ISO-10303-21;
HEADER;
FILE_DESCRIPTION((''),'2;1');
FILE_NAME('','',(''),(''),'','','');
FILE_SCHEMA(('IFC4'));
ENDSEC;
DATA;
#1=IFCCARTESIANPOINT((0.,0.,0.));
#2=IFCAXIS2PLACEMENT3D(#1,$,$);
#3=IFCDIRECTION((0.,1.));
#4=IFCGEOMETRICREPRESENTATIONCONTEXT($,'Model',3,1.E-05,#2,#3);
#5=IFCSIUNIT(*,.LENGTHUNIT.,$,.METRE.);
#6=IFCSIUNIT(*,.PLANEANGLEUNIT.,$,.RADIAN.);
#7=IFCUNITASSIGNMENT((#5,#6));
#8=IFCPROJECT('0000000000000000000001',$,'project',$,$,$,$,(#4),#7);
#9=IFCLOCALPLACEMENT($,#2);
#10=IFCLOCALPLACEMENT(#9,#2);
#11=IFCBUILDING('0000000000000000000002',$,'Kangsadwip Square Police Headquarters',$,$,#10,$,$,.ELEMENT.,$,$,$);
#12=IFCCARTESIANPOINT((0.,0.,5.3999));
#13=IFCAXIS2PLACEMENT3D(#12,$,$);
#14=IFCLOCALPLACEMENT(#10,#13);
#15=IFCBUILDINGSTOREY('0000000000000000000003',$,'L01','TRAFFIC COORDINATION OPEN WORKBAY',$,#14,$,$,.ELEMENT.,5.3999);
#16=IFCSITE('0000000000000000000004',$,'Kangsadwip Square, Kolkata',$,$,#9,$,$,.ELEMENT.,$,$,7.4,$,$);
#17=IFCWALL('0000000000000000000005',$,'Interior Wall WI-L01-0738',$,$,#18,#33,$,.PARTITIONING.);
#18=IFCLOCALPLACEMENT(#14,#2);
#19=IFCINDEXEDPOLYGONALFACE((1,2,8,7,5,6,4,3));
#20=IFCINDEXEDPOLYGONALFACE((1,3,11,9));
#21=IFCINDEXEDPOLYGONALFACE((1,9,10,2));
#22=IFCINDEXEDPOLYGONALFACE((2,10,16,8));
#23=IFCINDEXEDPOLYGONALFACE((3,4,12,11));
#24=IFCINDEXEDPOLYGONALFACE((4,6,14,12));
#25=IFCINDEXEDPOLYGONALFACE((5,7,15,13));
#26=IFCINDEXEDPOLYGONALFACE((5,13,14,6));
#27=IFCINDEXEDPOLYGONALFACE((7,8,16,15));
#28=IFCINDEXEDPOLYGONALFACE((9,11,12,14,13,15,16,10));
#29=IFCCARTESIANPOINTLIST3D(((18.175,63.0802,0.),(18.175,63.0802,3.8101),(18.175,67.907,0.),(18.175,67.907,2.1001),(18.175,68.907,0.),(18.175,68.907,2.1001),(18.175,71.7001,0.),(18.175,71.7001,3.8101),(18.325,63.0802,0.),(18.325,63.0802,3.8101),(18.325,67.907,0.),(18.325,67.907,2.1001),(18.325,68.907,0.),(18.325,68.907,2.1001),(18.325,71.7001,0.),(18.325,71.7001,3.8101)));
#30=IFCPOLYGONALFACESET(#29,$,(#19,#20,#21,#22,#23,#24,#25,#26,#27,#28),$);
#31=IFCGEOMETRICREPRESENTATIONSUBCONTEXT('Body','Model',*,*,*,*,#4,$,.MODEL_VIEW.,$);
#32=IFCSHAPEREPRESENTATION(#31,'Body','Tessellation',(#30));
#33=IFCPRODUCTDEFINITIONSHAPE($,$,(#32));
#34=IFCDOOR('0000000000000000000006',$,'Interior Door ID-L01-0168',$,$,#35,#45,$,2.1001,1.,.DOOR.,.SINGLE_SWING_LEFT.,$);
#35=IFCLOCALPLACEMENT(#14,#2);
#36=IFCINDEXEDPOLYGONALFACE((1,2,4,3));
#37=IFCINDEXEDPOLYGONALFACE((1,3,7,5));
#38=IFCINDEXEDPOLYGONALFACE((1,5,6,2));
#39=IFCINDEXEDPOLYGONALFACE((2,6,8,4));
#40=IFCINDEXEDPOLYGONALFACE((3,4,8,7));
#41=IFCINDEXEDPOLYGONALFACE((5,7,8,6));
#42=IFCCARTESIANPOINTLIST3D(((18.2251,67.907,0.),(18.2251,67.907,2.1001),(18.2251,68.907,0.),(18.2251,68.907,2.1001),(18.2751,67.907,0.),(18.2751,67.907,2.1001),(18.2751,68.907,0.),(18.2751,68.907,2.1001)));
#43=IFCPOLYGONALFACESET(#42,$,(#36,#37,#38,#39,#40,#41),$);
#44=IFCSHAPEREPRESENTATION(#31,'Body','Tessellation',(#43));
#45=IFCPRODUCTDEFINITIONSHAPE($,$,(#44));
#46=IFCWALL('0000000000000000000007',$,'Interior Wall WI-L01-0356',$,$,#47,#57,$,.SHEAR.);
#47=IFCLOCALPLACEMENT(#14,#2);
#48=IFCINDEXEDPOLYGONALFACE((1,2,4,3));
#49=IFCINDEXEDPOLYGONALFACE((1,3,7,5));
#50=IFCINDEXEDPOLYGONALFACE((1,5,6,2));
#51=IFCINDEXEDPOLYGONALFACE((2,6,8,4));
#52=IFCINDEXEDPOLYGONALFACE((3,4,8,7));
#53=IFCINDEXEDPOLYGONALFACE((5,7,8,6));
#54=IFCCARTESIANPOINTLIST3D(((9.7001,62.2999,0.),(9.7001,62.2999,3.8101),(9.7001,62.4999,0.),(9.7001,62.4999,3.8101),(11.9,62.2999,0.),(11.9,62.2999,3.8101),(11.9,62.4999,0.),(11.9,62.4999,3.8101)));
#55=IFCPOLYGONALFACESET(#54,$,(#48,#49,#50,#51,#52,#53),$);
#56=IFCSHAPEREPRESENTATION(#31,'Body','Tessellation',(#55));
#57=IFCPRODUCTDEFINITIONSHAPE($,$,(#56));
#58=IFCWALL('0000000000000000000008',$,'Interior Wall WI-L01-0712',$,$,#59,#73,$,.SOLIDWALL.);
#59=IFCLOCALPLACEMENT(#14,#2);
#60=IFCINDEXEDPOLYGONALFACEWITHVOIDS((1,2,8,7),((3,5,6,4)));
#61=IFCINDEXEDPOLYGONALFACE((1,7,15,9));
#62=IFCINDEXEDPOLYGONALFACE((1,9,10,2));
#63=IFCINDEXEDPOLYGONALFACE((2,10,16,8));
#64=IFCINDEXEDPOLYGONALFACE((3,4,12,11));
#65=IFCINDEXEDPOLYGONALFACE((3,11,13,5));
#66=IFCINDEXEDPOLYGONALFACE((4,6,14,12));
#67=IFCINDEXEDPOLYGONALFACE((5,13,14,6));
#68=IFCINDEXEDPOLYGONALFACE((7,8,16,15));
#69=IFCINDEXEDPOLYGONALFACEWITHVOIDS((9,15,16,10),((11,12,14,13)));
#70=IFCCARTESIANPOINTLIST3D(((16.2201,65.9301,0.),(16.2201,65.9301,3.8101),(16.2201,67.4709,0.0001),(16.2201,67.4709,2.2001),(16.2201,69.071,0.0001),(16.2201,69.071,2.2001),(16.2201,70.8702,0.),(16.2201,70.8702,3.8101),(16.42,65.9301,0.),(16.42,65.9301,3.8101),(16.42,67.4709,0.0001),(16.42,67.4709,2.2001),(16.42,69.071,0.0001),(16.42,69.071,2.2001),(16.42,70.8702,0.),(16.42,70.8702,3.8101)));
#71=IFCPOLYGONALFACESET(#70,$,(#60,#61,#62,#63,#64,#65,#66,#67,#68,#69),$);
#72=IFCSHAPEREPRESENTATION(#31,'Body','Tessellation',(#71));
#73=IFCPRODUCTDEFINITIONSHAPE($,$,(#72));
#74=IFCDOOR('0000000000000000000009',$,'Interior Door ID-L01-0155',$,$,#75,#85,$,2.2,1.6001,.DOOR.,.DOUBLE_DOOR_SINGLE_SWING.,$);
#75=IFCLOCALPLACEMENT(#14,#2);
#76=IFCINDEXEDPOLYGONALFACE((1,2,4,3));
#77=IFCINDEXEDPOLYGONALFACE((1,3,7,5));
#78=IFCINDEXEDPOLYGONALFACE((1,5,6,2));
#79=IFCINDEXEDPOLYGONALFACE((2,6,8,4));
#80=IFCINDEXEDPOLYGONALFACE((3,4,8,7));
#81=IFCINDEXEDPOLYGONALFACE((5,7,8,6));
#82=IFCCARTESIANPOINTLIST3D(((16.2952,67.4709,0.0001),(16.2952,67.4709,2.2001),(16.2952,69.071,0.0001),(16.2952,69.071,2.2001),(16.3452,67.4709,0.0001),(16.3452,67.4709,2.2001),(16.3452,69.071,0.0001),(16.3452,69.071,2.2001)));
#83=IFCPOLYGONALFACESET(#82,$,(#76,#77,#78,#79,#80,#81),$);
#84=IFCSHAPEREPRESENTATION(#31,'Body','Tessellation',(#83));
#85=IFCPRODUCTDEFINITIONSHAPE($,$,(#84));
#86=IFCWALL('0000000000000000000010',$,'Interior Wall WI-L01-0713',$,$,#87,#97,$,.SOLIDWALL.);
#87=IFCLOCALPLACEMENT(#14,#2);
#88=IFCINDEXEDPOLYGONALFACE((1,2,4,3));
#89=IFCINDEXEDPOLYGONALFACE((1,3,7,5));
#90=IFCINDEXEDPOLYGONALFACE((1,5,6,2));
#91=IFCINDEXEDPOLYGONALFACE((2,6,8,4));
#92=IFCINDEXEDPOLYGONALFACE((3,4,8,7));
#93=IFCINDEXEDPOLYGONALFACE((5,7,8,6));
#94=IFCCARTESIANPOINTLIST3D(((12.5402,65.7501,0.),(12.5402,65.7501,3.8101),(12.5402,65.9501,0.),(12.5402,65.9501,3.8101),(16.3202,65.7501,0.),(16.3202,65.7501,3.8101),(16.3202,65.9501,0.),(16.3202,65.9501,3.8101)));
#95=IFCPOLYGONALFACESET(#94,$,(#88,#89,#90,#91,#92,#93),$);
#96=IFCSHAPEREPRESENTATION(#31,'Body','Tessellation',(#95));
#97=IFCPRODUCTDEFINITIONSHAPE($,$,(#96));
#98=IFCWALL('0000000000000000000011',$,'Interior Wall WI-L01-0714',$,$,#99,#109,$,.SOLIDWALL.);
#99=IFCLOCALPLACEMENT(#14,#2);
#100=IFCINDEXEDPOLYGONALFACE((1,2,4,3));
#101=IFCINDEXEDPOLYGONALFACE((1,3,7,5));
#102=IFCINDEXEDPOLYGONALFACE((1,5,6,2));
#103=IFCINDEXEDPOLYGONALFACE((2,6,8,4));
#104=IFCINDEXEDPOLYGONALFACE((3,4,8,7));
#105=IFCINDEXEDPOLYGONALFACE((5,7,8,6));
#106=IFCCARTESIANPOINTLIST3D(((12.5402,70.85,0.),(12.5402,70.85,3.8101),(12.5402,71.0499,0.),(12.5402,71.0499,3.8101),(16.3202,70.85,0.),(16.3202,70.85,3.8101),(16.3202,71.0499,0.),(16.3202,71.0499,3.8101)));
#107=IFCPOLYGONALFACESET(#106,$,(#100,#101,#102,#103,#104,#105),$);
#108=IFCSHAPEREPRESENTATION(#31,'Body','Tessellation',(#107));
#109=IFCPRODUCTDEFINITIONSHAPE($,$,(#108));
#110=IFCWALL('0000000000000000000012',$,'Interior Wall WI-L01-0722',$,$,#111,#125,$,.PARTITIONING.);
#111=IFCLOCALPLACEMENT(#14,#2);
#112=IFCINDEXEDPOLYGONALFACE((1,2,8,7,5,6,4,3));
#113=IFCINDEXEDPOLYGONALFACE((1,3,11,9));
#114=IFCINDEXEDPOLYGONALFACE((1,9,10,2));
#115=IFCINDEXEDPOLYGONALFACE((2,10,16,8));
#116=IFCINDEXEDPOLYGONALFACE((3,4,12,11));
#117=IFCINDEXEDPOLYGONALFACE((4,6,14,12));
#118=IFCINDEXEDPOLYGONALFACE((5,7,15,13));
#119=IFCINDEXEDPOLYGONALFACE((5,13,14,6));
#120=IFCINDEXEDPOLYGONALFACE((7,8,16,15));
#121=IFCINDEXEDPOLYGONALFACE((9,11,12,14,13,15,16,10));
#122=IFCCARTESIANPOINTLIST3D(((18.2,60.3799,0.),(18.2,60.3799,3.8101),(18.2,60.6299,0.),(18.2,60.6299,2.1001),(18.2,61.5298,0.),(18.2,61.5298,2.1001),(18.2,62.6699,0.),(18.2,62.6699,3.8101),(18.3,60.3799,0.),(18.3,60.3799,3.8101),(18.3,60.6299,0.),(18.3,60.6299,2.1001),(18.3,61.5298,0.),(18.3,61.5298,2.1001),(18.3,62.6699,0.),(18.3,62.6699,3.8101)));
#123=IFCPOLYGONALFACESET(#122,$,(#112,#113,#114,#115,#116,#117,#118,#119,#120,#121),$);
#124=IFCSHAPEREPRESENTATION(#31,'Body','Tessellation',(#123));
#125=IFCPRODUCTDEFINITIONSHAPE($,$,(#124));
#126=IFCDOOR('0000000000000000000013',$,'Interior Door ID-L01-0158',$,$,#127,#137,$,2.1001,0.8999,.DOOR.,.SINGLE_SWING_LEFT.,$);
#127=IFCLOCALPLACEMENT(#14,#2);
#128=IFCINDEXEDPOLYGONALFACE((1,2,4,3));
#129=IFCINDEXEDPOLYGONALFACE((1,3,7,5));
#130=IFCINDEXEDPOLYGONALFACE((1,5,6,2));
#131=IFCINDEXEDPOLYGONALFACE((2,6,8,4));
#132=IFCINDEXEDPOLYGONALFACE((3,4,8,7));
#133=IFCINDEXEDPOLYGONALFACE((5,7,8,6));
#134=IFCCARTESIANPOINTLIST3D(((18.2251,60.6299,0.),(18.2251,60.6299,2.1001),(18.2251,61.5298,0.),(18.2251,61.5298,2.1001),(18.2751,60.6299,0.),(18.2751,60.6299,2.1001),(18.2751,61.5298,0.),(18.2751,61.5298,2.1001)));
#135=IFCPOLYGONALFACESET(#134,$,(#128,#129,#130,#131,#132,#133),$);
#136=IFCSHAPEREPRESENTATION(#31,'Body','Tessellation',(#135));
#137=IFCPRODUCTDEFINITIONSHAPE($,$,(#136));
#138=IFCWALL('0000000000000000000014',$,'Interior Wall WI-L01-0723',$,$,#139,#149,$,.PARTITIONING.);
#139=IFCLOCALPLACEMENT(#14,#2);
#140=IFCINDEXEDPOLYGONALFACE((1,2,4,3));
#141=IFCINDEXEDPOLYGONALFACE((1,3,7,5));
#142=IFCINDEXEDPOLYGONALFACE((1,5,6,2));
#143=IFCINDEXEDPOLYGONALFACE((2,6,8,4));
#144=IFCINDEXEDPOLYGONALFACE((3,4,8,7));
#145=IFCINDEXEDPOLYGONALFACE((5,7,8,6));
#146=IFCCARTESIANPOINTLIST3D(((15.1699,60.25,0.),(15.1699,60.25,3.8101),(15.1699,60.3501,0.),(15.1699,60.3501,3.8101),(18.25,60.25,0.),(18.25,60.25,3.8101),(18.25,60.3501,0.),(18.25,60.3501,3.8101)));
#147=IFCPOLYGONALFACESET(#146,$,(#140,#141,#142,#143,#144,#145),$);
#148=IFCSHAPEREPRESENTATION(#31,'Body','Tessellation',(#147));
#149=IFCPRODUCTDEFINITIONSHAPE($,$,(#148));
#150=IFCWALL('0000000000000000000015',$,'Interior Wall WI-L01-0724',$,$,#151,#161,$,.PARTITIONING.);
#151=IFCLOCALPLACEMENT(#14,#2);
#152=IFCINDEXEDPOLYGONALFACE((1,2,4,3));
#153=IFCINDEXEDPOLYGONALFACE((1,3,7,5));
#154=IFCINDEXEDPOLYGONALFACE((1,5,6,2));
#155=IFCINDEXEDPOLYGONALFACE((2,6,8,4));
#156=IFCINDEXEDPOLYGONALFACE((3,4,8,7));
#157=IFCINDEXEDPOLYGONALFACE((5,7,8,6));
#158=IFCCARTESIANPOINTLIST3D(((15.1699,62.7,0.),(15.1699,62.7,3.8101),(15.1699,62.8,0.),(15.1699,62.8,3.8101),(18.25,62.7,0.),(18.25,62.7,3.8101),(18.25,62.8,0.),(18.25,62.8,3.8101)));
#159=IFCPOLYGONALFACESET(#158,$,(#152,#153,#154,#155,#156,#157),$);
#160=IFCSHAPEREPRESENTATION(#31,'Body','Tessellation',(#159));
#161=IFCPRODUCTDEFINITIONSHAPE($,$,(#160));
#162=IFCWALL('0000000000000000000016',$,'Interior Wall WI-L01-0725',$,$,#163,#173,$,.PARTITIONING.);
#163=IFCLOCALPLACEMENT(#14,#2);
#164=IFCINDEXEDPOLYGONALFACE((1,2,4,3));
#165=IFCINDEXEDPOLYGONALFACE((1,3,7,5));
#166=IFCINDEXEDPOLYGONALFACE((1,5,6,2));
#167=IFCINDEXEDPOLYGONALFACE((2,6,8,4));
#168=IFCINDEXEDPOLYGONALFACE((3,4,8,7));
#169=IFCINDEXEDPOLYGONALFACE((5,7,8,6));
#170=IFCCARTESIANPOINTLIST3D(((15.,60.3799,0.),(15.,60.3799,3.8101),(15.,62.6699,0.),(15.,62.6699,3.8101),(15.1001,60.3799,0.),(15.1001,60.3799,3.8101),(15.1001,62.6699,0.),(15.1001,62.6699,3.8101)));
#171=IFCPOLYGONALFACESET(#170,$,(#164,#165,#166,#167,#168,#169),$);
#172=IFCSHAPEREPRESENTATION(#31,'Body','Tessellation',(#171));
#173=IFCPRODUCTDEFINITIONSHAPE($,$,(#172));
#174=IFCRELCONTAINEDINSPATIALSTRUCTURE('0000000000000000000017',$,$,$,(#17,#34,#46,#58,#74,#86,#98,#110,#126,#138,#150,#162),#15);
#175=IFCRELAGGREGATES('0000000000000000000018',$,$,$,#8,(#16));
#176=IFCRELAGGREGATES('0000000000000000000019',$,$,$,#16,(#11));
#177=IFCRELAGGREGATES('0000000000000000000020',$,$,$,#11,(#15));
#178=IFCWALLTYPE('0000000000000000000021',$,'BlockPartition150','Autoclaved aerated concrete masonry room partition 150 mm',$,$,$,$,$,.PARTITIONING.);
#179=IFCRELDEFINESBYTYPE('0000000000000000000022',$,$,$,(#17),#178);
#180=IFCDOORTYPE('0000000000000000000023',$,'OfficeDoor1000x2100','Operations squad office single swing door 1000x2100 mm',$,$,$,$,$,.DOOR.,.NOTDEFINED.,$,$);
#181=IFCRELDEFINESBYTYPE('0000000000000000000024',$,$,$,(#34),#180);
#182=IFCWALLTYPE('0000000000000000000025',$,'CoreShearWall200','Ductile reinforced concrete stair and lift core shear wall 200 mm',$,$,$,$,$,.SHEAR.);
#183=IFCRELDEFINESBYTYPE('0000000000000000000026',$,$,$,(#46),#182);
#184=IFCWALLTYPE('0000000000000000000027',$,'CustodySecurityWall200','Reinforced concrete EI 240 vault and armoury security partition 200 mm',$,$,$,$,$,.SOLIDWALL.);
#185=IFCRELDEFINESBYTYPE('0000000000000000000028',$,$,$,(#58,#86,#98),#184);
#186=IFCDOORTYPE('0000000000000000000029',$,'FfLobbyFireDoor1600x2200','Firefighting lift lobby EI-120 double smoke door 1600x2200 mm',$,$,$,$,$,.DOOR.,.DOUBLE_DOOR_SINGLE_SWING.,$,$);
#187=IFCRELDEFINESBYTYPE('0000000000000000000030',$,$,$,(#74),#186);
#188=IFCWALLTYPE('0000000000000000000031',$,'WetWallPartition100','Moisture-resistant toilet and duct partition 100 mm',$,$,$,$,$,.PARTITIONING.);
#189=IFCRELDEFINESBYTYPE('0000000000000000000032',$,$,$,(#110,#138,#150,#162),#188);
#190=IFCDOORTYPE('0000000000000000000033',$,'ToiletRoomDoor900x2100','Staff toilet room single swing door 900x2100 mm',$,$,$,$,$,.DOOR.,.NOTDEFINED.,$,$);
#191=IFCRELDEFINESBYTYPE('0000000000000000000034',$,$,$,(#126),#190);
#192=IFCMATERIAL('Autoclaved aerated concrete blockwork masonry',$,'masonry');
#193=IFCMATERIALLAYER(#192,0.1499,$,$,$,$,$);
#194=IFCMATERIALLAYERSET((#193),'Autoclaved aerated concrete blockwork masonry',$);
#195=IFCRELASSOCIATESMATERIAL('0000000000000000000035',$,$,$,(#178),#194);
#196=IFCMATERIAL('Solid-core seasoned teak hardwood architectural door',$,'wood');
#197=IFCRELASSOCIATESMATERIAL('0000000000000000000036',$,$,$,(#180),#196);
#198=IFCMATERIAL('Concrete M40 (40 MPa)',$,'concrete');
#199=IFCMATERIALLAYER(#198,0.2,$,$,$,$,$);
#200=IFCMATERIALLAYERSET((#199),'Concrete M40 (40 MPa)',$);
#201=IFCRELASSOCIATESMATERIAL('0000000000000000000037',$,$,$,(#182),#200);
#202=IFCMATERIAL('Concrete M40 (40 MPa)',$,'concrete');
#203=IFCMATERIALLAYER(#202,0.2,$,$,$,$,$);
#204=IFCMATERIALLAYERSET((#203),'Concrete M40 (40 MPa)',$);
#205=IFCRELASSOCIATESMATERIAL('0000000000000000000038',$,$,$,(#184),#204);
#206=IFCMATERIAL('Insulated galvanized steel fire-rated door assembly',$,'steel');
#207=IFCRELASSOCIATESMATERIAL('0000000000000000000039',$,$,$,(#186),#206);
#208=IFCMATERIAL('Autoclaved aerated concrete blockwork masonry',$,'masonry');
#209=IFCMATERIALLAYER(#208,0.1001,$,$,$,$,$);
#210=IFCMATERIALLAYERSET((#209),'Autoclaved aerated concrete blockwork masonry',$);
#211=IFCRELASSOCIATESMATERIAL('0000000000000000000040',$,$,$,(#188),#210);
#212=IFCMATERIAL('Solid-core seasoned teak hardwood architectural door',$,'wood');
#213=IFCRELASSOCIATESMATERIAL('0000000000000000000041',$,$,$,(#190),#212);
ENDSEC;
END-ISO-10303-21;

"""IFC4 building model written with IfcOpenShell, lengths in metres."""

from ifc_helpers import new_model, si_unit, direction, frame, frame_2d, origin, place, context, subcontext, project, spatial, rectangle, extrude, material, layer, layer_set, type_object, element, fill, save


model = new_model("IFC4")

# Units and contexts
model_context = context("Model", 3, precision=1e-05, world=origin(), true_north=direction((0.0, 1.0)))
body_context = subcontext(model_context, "Body", "Model", "MODEL_VIEW")
ifc_project = project(units=[si_unit("LENGTHUNIT", "METRE"), si_unit("PLANEANGLEUNIT", "RADIAN")], contexts=[model_context])

# Site, building, storey
site_placement = place(None, origin())
site = spatial("IfcSite", under=ifc_project, at=site_placement, Name="Kangsadwip Square, Kolkata", CompositionType="ELEMENT", RefElevation=7.4)
building_placement = place(site_placement, origin())
building = spatial("IfcBuilding", under=site, at=building_placement, Name="Kangsadwip Square Police Headquarters", CompositionType="ELEMENT")
storey_placement = place(building_placement, frame((0.0, 0.0, 5.3999)))
storey = spatial("IfcBuildingStorey", under=building, at=storey_placement, Name="L01", Description="TRAFFIC COORDINATION OPEN WORKBAY", CompositionType="ELEMENT", Elevation=5.3999)

# Wall, opening, door
ifc_material_1 = material(Name="Autoclaved aerated concrete blockwork masonry", Category="masonry")
ifc_layer_1 = layer(ifc_material_1, 0.1499)
ifc_layer_set_1 = layer_set([ifc_layer_1], Name="Autoclaved aerated concrete blockwork masonry")
wall_type_1 = type_object("IfcWallType", Name="BlockPartition150", Description="Autoclaved aerated concrete masonry room partition 150 mm", PredefinedType="PARTITIONING", material=ifc_layer_set_1)
wall_1_placement = place(storey_placement, frame((18.25, 63.0801, 0.0), z_axis=(0.0, 0.0, 1.0), x_axis=(0.0, 1.0, 0.0)))
wall_1 = element("IfcWall", 1, at=wall_1_placement, inside=storey, type_object=wall_type_1, Name="Interior Wall WI-L01-0738", PredefinedType="PARTITIONING", context=body_context, shape_type="SweptSolid", body=[
    extrude(rectangle(XDim=8.6199, YDim=0.1499, at=frame_2d((4.3101, 0.0))), origin(), (0.0, 0.0, 1.0), 3.8101),
])
opening_1_placement = place(wall_1_placement, frame((4.8269, 0.0, 0.0)))
opening_1 = element("IfcOpeningElement", 2, at=opening_1_placement, cuts=wall_1, PredefinedType="OPENING", context=body_context, shape_type="SweptSolid", body=[
    extrude(rectangle(XDim=1.0, YDim=2.1001, at=frame_2d((0.5, 1.05))), frame((0.0, 0.085, 0.0), z_axis=(0.0, -1.0, 0.0), x_axis=(1.0, 0.0, 0.0)), (0.0, 0.0, 1.0), 0.1699),
])
ifc_material_2 = material(Name="Solid-core seasoned teak hardwood architectural door", Category="wood")
door_type_1 = type_object("IfcDoorType", Name="OfficeDoor1000x2100", Description="Operations squad office single swing door 1000x2100 mm", OperationType="NOTDEFINED", PredefinedType="DOOR", material=ifc_material_2)
door_1_placement = place(opening_1_placement, origin())
door_1 = element("IfcDoor", 3, at=door_1_placement, inside=storey, type_object=door_type_1, Name="Interior Door ID-L01-0168", OperationType="SINGLE_SWING_LEFT", OverallHeight=2.1001, OverallWidth=1.0, PredefinedType="DOOR", context=body_context, shape_type="SweptSolid", body=[
    extrude(rectangle(XDim=1.0, YDim=2.1001, at=frame_2d((0.5, 1.05))), frame((0.0, 0.0249, 0.0), z_axis=(0.0, -1.0, 0.0), x_axis=(1.0, 0.0, 0.0)), (0.0, 0.0, 1.0), 0.05),
])
fill(opening_1, door_1)
ifc_material_3 = material(Name="Concrete M40 (40 MPa)", Category="concrete")
ifc_layer_2 = layer(ifc_material_3, 0.2)
ifc_layer_set_2 = layer_set([ifc_layer_2], Name="Concrete M40 (40 MPa)")
wall_type_2 = type_object("IfcWallType", Name="CoreShearWall200", Description="Ductile reinforced concrete stair and lift core shear wall 200 mm", PredefinedType="SHEAR", material=ifc_layer_set_2)

# Wall
wall_2_placement = place(storey_placement, frame((9.7, 62.3999, 0.0), z_axis=(0.0, 0.0, 1.0), x_axis=(1.0, 0.0, 0.0)))
element("IfcWall", 4, at=wall_2_placement, inside=storey, type_object=wall_type_2, Name="Interior Wall WI-L01-0356", PredefinedType="SHEAR", context=body_context, shape_type="SweptSolid", body=[
    extrude(rectangle(XDim=2.2, YDim=0.2, at=frame_2d((1.1001, 0.0))), origin(), (0.0, 0.0, 1.0), 3.8101),
])

# Wall, opening, door
ifc_material_4 = material(Name="Concrete M40 (40 MPa)", Category="concrete")
ifc_layer_3 = layer(ifc_material_4, 0.2)
ifc_layer_set_3 = layer_set([ifc_layer_3], Name="Concrete M40 (40 MPa)")
wall_type_3 = type_object("IfcWallType", Name="CustodySecurityWall200", Description="Reinforced concrete EI 240 vault and armoury security partition 200 mm", PredefinedType="SOLIDWALL", material=ifc_layer_set_3)
wall_3_placement = place(storey_placement, frame((16.3201, 65.9299, 0.0), z_axis=(0.0, 0.0, 1.0), x_axis=(0.0, 1.0, 0.0)))
wall_3 = element("IfcWall", 5, at=wall_3_placement, inside=storey, type_object=wall_type_3, Name="Interior Wall WI-L01-0712", PredefinedType="SOLIDWALL", context=body_context, shape_type="SweptSolid", body=[
    extrude(rectangle(XDim=4.9402, YDim=0.2, at=frame_2d((2.4702, 0.0))), origin(), (0.0, 0.0, 1.0), 3.8101),
])
opening_2_placement = place(wall_3_placement, frame((1.541, 0.0, 0.0)))
opening_2 = element("IfcOpeningElement", 6, at=opening_2_placement, cuts=wall_3, PredefinedType="OPENING", context=body_context, shape_type="SweptSolid", body=[
    extrude(rectangle(XDim=1.6001, YDim=2.2, at=frame_2d((0.8, 1.1001))), frame((0.0, 0.1099, 0.0), z_axis=(0.0, -1.0, 0.0), x_axis=(1.0, 0.0, 0.0)), (0.0, 0.0, 1.0), 0.22),
])
ifc_material_5 = material(Name="Insulated galvanized steel fire-rated door assembly", Category="steel")
door_type_2 = type_object("IfcDoorType", Name="FfLobbyFireDoor1600x2200", Description="Firefighting lift lobby EI-120 double smoke door 1600x2200 mm", OperationType="DOUBLE_DOOR_SINGLE_SWING", PredefinedType="DOOR", material=ifc_material_5)
door_2_placement = place(opening_2_placement, origin())
door_2 = element("IfcDoor", 7, at=door_2_placement, inside=storey, type_object=door_type_2, Name="Interior Door ID-L01-0155", OperationType="DOUBLE_DOOR_SINGLE_SWING", OverallHeight=2.2, OverallWidth=1.6001, PredefinedType="DOOR", context=body_context, shape_type="SweptSolid", body=[
    extrude(rectangle(XDim=1.6001, YDim=2.2, at=frame_2d((0.8, 1.1001))), frame((0.0, 0.0249, 0.0), z_axis=(0.0, -1.0, 0.0), x_axis=(1.0, 0.0, 0.0)), (0.0, 0.0, 1.0), 0.05),
])
fill(opening_2, door_2)

# Walls
for number, where, z_axis, x_axis, name in (
    (8, (12.54, 65.8501, 0.0), (0.0, 0.0, 1.0), (1.0, 0.0, 0.0), "Interior Wall WI-L01-0713"),
    (9, (12.54, 70.95, 0.0), (0.0, 0.0, 1.0), (1.0, 0.0, 0.0), "Interior Wall WI-L01-0714"),
):
    element("IfcWall", number, at=place(storey_placement, frame(where, z_axis=z_axis, x_axis=x_axis)), inside=storey, type_object=wall_type_3, Name=name, PredefinedType="SOLIDWALL", context=body_context, shape_type="SweptSolid", body=[
        extrude(rectangle(XDim=3.78, YDim=0.2, at=frame_2d((1.8901, 0.0))), origin(), (0.0, 0.0, 1.0), 3.8101),
    ])

# Wall, opening, door
ifc_material_6 = material(Name="Autoclaved aerated concrete blockwork masonry", Category="masonry")
ifc_layer_4 = layer(ifc_material_6, 0.1001)
ifc_layer_set_4 = layer_set([ifc_layer_4], Name="Autoclaved aerated concrete blockwork masonry")
wall_type_4 = type_object("IfcWallType", Name="WetWallPartition100", Description="Moisture-resistant toilet and duct partition 100 mm", PredefinedType="PARTITIONING", material=ifc_layer_set_4)
wall_4_placement = place(storey_placement, frame((18.25, 60.3799, 0.0), z_axis=(0.0, 0.0, 1.0), x_axis=(0.0, 1.0, 0.0)))
wall_4 = element("IfcWall", 10, at=wall_4_placement, inside=storey, type_object=wall_type_4, Name="Interior Wall WI-L01-0722", PredefinedType="PARTITIONING", context=body_context, shape_type="SweptSolid", body=[
    extrude(rectangle(XDim=2.29, YDim=0.1001, at=frame_2d((1.145, 0.0))), origin(), (0.0, 0.0, 1.0), 3.8101),
])
opening_3_placement = place(wall_4_placement, frame((0.25, 0.0, 0.0)))
opening_3 = element("IfcOpeningElement", 11, at=opening_3_placement, cuts=wall_4, PredefinedType="OPENING", context=body_context, shape_type="SweptSolid", body=[
    extrude(rectangle(XDim=0.8999, YDim=2.1001, at=frame_2d((0.45, 1.05))), frame((0.0, 0.0601, 0.0), z_axis=(0.0, -1.0, 0.0), x_axis=(1.0, 0.0, 0.0)), (0.0, 0.0, 1.0), 0.1201),
])
ifc_material_7 = material(Name="Solid-core seasoned teak hardwood architectural door", Category="wood")
door_type_3 = type_object("IfcDoorType", Name="ToiletRoomDoor900x2100", Description="Staff toilet room single swing door 900x2100 mm", OperationType="NOTDEFINED", PredefinedType="DOOR", material=ifc_material_7)
door_3_placement = place(opening_3_placement, origin())
door_3 = element("IfcDoor", 12, at=door_3_placement, inside=storey, type_object=door_type_3, Name="Interior Door ID-L01-0158", OperationType="SINGLE_SWING_LEFT", OverallHeight=2.1001, OverallWidth=0.8999, PredefinedType="DOOR", context=body_context, shape_type="SweptSolid", body=[
    extrude(rectangle(XDim=0.8999, YDim=2.1001, at=frame_2d((0.45, 1.05))), frame((0.0, 0.0249, 0.0), z_axis=(0.0, -1.0, 0.0), x_axis=(1.0, 0.0, 0.0)), (0.0, 0.0, 1.0), 0.05),
])
fill(opening_3, door_3)

# Walls
for number, where, z_axis, x_axis, name in (
    (13, (15.1699, 60.3, 0.0), (0.0, 0.0, 1.0), (1.0, 0.0, 0.0), "Interior Wall WI-L01-0723"),
    (14, (15.1699, 62.75, 0.0), (0.0, 0.0, 1.0), (1.0, 0.0, 0.0), "Interior Wall WI-L01-0724"),
):
    element("IfcWall", number, at=place(storey_placement, frame(where, z_axis=z_axis, x_axis=x_axis)), inside=storey, type_object=wall_type_4, Name=name, PredefinedType="PARTITIONING", context=body_context, shape_type="SweptSolid", body=[
        extrude(rectangle(XDim=3.0801, YDim=0.1001, at=frame_2d((1.54, 0.0))), origin(), (0.0, 0.0, 1.0), 3.8101),
    ])
wall_5_placement = place(storey_placement, frame((15.05, 60.3799, 0.0), z_axis=(0.0, 0.0, 1.0), x_axis=(0.0, 1.0, 0.0)))
element("IfcWall", 15, at=wall_5_placement, inside=storey, type_object=wall_type_4, Name="Interior Wall WI-L01-0725", PredefinedType="PARTITIONING", context=body_context, shape_type="SweptSolid", body=[
    extrude(rectangle(XDim=2.29, YDim=0.1001, at=frame_2d((1.145, 0.0))), origin(), (0.0, 0.0, 1.0), 3.8101),
])

save(model, "model.ifc")
